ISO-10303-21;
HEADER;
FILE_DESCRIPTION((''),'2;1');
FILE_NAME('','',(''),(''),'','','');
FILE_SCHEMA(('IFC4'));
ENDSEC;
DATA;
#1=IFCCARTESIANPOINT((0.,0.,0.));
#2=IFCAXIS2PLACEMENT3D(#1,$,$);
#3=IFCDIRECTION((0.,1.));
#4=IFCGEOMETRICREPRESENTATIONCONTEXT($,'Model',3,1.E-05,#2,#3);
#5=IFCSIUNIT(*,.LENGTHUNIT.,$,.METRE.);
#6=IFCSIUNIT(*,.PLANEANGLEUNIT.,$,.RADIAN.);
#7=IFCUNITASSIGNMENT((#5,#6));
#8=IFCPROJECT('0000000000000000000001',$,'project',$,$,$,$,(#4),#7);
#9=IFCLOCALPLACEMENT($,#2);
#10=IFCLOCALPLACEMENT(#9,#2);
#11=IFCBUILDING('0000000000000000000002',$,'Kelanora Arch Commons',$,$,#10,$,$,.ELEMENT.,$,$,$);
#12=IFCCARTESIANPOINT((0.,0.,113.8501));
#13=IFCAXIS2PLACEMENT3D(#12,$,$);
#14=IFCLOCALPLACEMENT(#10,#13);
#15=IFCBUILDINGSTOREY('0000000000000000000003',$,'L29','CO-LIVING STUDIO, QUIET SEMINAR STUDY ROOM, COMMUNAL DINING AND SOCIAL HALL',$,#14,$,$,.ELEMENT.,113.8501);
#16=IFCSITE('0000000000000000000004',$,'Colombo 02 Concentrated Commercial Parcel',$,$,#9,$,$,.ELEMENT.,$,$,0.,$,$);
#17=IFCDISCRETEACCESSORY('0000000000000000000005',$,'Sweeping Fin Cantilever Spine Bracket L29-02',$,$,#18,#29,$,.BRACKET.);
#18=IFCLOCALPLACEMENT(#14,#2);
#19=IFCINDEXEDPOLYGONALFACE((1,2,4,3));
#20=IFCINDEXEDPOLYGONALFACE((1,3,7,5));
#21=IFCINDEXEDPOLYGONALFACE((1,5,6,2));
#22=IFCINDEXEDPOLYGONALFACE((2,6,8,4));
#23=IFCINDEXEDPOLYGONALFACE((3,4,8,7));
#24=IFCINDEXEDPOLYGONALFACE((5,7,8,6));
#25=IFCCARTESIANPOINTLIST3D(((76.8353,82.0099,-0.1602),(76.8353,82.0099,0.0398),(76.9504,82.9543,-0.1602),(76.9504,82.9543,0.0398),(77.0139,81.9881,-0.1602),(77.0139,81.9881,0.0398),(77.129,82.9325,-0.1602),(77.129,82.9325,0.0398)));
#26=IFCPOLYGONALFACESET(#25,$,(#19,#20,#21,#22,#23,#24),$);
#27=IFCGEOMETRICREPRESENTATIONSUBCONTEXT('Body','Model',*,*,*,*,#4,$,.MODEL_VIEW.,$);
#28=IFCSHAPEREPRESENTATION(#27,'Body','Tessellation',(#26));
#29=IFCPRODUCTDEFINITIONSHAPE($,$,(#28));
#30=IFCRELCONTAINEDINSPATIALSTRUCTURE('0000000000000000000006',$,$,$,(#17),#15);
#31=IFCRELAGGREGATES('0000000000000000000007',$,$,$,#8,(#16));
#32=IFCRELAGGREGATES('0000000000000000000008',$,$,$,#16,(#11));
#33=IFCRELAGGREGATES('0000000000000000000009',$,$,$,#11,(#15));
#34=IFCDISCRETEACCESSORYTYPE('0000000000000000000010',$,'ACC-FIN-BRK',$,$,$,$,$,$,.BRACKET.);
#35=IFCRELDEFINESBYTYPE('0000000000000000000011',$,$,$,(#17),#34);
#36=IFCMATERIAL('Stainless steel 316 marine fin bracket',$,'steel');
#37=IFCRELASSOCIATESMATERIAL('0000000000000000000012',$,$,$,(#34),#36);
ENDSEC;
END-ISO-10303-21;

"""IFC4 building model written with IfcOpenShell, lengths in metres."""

from ifc_helpers import new_model, si_unit, direction, frame, origin, origin_2d, place, context, subcontext, project, spatial, rectangle, extrude, source, transform, mapped, material, type_object, element, save


model = new_model("IFC4")

# Units and contexts
model_context = context("Model", 3, precision=1e-05, world=origin(), true_north=direction((0.0, 1.0)))
body_context = subcontext(model_context, "Body", "Model", "MODEL_VIEW")
ifc_project = project(units=[si_unit("LENGTHUNIT", "METRE"), si_unit("PLANEANGLEUNIT", "RADIAN")], contexts=[model_context])

# Site, building, storey
site_placement = place(None, origin())
site = spatial("IfcSite", under=ifc_project, at=site_placement, Name="Colombo 02 Concentrated Commercial Parcel", CompositionType="ELEMENT", RefElevation=0.0)
building_placement = place(site_placement, origin())
building = spatial("IfcBuilding", under=site, at=building_placement, Name="Kelanora Arch Commons", CompositionType="ELEMENT")
storey_placement = place(building_placement, frame((0.0, 0.0, 113.8501)))
storey = spatial("IfcBuildingStorey", under=building, at=storey_placement, Name="L29", Description="CO-LIVING STUDIO, QUIET SEMINAR STUDY ROOM, COMMUNAL DINING AND SOCIAL HALL", CompositionType="ELEMENT", Elevation=113.8501)

# Discrete accessory
ifc_material_1 = material(Name="Stainless steel 316 marine fin bracket", Category="steel")
discrete_accessory_type = type_object("IfcDiscreteAccessoryType", Name="ACC-FIN-BRK", PredefinedType="BRACKET", material=ifc_material_1)
shared_shape_1 = source(origin(), body_context, "Body", "SweptSolid", [
    extrude(rectangle(XDim=0.9514, YDim=0.1799, at=origin_2d()), origin(), (0.0, 0.0, 1.0), 0.2),
])
discrete_accessory_placement = place(storey_placement, frame((76.9822, 82.4712, -0.1602), z_axis=(0.0, 0.0, 1.0), x_axis=(0.121003, 0.992652, 0.0)))
element("IfcDiscreteAccessory", 1, at=discrete_accessory_placement, inside=storey, type_object=discrete_accessory_type, Name="Sweeping Fin Cantilever Spine Bracket L29-02", PredefinedType="BRACKET", context=body_context, shape_type="MappedRepresentation", body=[
    mapped(shared_shape_1, transform((0.0, 0.0, 0.0), scale=1.0)),
])

save(model, "model.ifc")
